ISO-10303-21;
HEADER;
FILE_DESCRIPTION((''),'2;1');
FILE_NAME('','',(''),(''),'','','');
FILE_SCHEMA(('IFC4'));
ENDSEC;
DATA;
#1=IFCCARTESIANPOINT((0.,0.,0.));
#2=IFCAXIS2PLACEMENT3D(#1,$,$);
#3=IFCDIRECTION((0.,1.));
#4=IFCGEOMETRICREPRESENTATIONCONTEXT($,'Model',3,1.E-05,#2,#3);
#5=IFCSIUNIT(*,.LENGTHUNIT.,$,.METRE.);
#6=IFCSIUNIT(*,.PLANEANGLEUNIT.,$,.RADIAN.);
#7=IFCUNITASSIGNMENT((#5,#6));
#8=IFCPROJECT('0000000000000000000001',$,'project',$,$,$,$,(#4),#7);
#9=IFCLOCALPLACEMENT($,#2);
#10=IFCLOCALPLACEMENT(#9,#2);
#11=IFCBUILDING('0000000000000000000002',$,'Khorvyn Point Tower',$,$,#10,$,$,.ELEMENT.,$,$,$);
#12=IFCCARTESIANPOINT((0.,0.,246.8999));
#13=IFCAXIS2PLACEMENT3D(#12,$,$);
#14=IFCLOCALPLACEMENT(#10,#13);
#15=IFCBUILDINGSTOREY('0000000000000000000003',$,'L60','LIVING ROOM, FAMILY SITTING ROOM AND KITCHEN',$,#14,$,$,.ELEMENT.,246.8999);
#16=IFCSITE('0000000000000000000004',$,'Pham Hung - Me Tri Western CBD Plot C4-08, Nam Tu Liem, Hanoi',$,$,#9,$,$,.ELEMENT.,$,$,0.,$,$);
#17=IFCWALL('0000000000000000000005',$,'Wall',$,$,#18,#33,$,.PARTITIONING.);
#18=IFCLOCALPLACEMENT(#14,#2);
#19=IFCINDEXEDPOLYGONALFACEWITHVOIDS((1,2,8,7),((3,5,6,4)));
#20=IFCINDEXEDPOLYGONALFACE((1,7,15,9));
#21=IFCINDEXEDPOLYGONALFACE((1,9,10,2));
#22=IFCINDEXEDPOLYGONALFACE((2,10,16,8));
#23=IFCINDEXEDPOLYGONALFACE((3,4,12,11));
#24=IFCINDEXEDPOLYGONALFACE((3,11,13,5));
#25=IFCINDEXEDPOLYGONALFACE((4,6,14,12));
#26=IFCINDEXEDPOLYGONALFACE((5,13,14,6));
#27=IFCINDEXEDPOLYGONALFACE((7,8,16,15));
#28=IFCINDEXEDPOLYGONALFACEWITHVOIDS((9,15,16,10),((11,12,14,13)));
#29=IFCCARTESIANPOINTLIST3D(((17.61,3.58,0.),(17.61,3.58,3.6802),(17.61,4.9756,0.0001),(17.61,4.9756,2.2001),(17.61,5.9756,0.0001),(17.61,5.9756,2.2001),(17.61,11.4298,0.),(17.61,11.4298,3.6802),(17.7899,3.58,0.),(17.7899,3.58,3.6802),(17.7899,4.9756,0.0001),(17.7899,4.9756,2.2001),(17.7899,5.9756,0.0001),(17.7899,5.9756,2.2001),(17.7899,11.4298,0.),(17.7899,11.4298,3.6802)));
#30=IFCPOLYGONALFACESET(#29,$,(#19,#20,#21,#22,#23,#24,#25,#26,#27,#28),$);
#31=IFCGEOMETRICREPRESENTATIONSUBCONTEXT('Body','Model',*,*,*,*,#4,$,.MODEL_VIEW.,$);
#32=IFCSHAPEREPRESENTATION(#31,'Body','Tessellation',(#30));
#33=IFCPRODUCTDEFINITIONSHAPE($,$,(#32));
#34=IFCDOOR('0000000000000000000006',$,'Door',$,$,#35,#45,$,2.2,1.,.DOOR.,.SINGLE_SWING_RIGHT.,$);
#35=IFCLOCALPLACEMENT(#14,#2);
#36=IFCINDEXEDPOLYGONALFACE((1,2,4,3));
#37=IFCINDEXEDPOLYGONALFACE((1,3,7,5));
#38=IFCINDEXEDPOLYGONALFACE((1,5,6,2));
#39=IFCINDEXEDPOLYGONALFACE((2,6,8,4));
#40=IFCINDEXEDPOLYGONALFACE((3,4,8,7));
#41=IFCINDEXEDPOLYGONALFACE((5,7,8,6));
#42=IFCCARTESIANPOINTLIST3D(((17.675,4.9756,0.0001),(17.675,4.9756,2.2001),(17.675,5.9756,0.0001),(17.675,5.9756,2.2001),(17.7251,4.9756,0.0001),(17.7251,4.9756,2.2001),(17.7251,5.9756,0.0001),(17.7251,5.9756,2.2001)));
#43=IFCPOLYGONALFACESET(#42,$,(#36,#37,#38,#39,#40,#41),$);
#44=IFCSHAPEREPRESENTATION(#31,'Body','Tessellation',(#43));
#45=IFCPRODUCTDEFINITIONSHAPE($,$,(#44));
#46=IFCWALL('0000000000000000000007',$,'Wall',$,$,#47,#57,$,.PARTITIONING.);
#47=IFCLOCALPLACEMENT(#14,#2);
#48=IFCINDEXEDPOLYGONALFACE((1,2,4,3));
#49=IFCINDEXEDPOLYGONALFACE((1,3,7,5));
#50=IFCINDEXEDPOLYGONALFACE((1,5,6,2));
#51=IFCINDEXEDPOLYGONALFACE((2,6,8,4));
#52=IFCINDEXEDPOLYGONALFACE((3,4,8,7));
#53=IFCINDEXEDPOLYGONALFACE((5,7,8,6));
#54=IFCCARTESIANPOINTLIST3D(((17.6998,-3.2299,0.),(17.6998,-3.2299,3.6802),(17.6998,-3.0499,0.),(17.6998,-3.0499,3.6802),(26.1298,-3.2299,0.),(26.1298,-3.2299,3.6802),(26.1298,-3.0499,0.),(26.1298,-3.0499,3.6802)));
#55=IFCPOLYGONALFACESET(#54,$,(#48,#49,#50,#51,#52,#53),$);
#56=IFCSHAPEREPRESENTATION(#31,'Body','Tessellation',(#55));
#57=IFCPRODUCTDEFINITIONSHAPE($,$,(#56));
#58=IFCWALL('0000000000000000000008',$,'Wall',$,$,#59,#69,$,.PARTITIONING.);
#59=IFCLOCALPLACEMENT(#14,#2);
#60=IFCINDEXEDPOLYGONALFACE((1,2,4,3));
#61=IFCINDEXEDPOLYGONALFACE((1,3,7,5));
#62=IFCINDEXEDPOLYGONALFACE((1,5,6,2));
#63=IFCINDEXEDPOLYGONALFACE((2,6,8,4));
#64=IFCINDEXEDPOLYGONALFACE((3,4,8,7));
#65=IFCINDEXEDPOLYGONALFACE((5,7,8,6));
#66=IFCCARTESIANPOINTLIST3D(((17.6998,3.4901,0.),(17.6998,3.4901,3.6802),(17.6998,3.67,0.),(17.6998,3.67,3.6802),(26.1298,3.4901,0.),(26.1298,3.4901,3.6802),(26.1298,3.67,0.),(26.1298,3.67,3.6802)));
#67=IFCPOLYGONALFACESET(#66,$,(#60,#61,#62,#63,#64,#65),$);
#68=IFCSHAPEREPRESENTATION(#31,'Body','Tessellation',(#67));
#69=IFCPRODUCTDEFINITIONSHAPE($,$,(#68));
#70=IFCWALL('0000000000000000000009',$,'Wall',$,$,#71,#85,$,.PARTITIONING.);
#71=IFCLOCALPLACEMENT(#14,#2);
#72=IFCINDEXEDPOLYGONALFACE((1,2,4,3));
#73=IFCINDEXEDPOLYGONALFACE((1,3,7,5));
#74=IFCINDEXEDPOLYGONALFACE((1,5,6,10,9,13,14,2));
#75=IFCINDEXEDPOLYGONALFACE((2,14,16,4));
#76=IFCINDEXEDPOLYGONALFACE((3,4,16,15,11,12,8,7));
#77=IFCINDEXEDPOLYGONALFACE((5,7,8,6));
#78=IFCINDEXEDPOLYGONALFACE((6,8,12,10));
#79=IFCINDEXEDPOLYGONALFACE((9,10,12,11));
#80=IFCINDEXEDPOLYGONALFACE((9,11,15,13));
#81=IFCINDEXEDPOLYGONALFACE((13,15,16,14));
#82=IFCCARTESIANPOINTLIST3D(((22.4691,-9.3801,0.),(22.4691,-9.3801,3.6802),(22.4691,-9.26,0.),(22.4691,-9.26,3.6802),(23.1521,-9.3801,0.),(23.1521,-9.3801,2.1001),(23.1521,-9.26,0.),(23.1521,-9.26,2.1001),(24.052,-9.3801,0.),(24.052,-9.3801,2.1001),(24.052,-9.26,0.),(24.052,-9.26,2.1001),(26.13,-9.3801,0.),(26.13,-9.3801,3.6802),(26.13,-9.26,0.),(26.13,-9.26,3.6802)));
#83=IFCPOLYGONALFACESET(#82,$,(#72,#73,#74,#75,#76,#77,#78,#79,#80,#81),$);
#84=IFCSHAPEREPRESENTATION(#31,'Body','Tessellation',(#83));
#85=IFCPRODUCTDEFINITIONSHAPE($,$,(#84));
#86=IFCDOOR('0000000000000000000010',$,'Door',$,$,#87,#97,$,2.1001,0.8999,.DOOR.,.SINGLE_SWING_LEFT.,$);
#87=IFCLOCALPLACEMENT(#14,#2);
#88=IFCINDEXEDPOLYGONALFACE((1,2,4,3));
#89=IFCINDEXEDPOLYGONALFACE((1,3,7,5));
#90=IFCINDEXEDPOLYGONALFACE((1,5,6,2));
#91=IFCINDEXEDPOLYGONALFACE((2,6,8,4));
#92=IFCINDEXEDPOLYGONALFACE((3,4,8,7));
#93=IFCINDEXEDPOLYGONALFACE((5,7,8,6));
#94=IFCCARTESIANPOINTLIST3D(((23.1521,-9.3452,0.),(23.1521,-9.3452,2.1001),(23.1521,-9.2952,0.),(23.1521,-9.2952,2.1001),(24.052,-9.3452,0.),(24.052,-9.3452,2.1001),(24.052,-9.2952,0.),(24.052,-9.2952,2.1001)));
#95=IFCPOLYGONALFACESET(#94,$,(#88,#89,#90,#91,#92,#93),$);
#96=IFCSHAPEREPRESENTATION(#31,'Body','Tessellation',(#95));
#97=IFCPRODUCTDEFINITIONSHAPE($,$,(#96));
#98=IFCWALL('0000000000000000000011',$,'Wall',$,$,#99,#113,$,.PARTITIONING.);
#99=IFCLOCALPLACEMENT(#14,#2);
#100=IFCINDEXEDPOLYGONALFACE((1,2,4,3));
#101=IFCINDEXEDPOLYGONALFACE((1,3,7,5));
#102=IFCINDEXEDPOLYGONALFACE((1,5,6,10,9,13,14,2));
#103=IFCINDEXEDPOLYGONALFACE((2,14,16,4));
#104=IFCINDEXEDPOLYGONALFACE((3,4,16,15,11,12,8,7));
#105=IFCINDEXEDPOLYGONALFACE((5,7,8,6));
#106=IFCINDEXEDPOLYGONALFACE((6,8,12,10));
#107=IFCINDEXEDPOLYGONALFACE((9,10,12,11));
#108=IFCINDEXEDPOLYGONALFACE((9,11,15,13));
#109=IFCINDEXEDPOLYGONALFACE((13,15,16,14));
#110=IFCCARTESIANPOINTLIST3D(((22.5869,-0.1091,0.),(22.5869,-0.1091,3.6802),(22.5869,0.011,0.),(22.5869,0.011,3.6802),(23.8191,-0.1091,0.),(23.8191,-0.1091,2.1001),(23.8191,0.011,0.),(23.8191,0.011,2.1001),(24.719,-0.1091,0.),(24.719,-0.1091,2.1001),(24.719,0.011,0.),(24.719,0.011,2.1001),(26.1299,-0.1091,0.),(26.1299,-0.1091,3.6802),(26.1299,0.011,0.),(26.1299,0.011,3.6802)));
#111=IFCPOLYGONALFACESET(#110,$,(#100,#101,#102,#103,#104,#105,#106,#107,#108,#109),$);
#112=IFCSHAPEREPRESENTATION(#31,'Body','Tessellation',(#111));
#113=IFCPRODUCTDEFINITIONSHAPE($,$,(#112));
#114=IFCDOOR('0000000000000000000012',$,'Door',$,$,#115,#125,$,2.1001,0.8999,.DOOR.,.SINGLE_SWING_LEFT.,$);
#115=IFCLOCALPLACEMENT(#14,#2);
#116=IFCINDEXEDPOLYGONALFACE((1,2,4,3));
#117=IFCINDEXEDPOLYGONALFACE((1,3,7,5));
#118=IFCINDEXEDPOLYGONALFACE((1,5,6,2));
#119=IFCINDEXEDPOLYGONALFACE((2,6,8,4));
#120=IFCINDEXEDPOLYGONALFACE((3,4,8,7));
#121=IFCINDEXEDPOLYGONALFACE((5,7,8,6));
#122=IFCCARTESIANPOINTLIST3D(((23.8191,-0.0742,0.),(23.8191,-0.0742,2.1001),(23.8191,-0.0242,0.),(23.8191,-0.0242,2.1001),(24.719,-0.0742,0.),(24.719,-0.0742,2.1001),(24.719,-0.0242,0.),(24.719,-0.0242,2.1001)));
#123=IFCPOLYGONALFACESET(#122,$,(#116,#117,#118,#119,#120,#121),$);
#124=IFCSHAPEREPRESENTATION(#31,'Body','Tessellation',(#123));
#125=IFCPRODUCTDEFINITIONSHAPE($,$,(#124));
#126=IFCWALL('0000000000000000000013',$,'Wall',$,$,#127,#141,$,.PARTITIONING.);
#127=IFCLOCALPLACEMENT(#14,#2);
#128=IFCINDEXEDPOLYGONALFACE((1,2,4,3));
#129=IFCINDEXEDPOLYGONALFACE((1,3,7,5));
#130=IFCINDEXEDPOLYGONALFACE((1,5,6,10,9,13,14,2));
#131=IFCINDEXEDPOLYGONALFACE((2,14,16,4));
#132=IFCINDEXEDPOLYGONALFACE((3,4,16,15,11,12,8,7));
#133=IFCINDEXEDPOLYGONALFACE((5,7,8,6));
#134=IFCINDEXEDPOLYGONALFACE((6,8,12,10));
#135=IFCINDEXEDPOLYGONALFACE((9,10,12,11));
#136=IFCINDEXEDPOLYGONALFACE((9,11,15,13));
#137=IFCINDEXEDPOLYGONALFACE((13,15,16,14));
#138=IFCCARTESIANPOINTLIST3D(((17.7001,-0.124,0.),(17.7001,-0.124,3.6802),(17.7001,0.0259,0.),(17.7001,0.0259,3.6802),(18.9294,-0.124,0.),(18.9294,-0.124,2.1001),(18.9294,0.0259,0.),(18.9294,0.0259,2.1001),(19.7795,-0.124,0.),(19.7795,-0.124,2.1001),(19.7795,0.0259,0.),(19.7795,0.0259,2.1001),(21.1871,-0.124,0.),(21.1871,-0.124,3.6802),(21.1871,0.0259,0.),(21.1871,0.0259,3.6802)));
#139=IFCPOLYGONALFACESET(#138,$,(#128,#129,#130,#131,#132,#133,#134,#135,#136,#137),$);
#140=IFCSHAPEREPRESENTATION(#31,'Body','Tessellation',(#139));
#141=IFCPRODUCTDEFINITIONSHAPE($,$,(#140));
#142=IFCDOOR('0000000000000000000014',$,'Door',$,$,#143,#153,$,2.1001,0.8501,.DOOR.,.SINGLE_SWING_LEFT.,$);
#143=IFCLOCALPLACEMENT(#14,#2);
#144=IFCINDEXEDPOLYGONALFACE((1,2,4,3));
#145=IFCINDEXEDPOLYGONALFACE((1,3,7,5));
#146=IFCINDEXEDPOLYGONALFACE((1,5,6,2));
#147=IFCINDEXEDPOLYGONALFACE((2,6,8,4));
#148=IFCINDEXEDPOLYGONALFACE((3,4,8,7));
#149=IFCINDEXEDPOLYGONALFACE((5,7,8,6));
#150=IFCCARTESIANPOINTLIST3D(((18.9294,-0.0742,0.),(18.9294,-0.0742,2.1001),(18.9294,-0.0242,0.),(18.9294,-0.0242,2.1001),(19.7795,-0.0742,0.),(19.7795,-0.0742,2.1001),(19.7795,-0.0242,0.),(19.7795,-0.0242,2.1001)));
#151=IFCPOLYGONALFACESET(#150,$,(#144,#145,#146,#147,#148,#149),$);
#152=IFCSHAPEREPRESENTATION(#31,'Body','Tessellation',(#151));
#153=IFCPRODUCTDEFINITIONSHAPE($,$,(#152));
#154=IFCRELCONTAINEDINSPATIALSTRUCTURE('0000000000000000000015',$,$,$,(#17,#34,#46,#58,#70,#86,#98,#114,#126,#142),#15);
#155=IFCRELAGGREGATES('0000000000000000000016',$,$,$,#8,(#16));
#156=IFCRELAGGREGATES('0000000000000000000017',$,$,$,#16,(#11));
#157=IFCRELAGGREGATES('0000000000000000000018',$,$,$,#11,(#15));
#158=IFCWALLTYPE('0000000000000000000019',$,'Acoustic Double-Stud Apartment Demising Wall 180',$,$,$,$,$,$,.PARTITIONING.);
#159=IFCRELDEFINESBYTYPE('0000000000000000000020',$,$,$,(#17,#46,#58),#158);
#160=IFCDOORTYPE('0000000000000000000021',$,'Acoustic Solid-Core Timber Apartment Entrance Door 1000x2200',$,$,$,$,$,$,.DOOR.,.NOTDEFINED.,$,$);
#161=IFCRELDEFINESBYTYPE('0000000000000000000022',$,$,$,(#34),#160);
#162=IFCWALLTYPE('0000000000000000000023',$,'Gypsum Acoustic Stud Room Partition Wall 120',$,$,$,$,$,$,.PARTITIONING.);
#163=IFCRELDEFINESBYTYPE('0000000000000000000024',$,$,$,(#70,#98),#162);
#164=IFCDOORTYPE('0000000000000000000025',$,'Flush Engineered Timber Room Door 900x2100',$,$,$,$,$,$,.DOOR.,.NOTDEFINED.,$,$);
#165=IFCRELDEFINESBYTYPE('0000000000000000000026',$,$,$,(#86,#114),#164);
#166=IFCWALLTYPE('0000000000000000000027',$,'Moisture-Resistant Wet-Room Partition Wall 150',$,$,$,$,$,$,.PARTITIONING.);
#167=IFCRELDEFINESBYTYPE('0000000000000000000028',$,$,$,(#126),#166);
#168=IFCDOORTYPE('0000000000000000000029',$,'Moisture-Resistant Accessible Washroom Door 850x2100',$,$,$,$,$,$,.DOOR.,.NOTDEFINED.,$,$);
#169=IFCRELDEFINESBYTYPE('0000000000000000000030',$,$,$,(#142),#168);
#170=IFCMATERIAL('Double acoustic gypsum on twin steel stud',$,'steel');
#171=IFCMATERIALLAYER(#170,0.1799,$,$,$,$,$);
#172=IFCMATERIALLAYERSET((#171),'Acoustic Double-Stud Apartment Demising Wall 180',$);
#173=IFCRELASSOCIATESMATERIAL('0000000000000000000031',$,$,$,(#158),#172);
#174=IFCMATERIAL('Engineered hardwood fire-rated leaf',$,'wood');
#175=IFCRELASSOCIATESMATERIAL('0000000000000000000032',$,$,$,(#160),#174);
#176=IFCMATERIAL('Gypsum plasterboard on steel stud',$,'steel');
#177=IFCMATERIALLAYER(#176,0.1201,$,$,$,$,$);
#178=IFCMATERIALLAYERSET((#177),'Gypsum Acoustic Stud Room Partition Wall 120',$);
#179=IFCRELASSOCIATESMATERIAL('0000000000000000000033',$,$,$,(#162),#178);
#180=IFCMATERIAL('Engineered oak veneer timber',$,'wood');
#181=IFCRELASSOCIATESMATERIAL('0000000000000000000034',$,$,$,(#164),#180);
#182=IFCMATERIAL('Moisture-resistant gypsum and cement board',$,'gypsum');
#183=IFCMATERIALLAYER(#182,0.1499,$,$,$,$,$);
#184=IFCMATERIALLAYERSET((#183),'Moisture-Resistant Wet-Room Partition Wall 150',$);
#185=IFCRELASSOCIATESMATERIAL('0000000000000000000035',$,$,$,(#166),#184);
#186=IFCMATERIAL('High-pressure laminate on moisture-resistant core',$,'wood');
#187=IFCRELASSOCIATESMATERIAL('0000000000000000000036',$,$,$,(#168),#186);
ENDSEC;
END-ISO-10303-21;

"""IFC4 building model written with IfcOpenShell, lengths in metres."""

from ifc_helpers import new_model, si_unit, direction, frame, frame_2d, origin, place, context, subcontext, project, spatial, rectangle, extrude, material, layer, layer_set, type_object, element, fill, save


model = new_model("IFC4")

# Units and contexts
model_context = context("Model", 3, precision=1e-05, world=origin(), true_north=direction((0.0, 1.0)))
body_context = subcontext(model_context, "Body", "Model", "MODEL_VIEW")
ifc_project = project(units=[si_unit("LENGTHUNIT", "METRE"), si_unit("PLANEANGLEUNIT", "RADIAN")], contexts=[model_context])

# Site, building, storey
site_placement = place(None, origin())
site = spatial("IfcSite", under=ifc_project, at=site_placement, Name="Pham Hung - Me Tri Western CBD Plot C4-08, Nam Tu Liem, Hanoi", CompositionType="ELEMENT", RefElevation=0.0)
building_placement = place(site_placement, origin())
building = spatial("IfcBuilding", under=site, at=building_placement, Name="Khorvyn Point Tower", CompositionType="ELEMENT")
storey_placement = place(building_placement, frame((0.0, 0.0, 246.8999)))
storey = spatial("IfcBuildingStorey", under=building, at=storey_placement, Name="L60", Description="LIVING ROOM, FAMILY SITTING ROOM AND KITCHEN", CompositionType="ELEMENT", Elevation=246.8999)

# Wall, opening, door
ifc_material_1 = material(Name="Double acoustic gypsum on twin steel stud", Category="steel")
ifc_layer_1 = layer(ifc_material_1, 0.1799)
ifc_layer_set_1 = layer_set([ifc_layer_1], Name="Acoustic Double-Stud Apartment Demising Wall 180")
wall_type_1 = type_object("IfcWallType", Name="Acoustic Double-Stud Apartment Demising Wall 180", PredefinedType="PARTITIONING", material=ifc_layer_set_1)
ifc_material_2 = material(Name="Engineered hardwood fire-rated leaf", Category="wood")
door_type_1 = type_object("IfcDoorType", Name="Acoustic Solid-Core Timber Apartment Entrance Door 1000x2200", OperationType="NOTDEFINED", PredefinedType="DOOR", material=ifc_material_2)
wall_1_placement = place(storey_placement, frame((17.7, 3.5801, 0.0), z_axis=(0.0, 0.0, 1.0), x_axis=(0.0, 1.0, 0.0)))
wall_1 = element("IfcWall", 1, at=wall_1_placement, inside=storey, type_object=wall_type_1, Name="Wall", PredefinedType="PARTITIONING", context=body_context, shape_type="SweptSolid", body=[
    extrude(rectangle(XDim=7.8499, YDim=0.1799, at=frame_2d((3.9248, 0.0))), origin(), (0.0, 0.0, 1.0), 3.6802),
])
opening_1_placement = place(wall_1_placement, frame((1.3955, 0.0, 0.0)))
opening_1 = element("IfcOpeningElement", 2, at=opening_1_placement, cuts=wall_1, PredefinedType="OPENING", context=body_context, shape_type="SweptSolid", body=[
    extrude(rectangle(XDim=1.0, YDim=2.2, at=frame_2d((0.5, 1.1001))), frame((0.0, 0.0999, 0.0), z_axis=(0.0, -1.0, 0.0), x_axis=(1.0, 0.0, 0.0)), (0.0, 0.0, 1.0), 0.2),
])
door_1_placement = place(opening_1_placement, origin())
door_1 = element("IfcDoor", 3, at=door_1_placement, inside=storey, type_object=door_type_1, Name="Door", OperationType="SINGLE_SWING_RIGHT", OverallHeight=2.2, OverallWidth=1.0, PredefinedType="DOOR", context=body_context, shape_type="SweptSolid", body=[
    extrude(rectangle(XDim=1.0, YDim=2.2, at=frame_2d((0.5, 1.1001))), frame((0.0, 0.0249, 0.0), z_axis=(0.0, -1.0, 0.0), x_axis=(1.0, 0.0, 0.0)), (0.0, 0.0, 1.0), 0.05),
])
fill(opening_1, door_1)

# Walls
for number, where, z_axis, x_axis, name in (
    (4, (17.7, -3.1399, 0.0), (0.0, 0.0, 1.0), (1.0, 0.0, 0.0), "Wall"),
    (5, (17.7, 3.5801, 0.0), (0.0, 0.0, 1.0), (1.0, 0.0, 0.0), "Wall"),
):
    element("IfcWall", number, at=place(storey_placement, frame(where, z_axis=z_axis, x_axis=x_axis)), inside=storey, type_object=wall_type_1, Name=name, PredefinedType="PARTITIONING", context=body_context, shape_type="SweptSolid", body=[
        extrude(rectangle(XDim=8.4299, YDim=0.1799, at=frame_2d((4.2148, 0.0))), origin(), (0.0, 0.0, 1.0), 3.6802),
    ])

# Walls, openings, doors
ifc_material_3 = material(Name="Gypsum plasterboard on steel stud", Category="steel")
ifc_layer_2 = layer(ifc_material_3, 0.1201)
ifc_layer_set_2 = layer_set([ifc_layer_2], Name="Gypsum Acoustic Stud Room Partition Wall 120")
wall_type_2 = type_object("IfcWallType", Name="Gypsum Acoustic Stud Room Partition Wall 120", PredefinedType="PARTITIONING", material=ifc_layer_set_2)
wall_2_placement = place(storey_placement, frame((22.469, -9.3201, 0.0), z_axis=(0.0, 0.0, 1.0), x_axis=(1.0, 0.0, 0.0)))
wall_2 = element("IfcWall", 6, at=wall_2_placement, inside=storey, type_object=wall_type_2, Name="Wall", PredefinedType="PARTITIONING", context=body_context, shape_type="SweptSolid", body=[
    extrude(rectangle(XDim=3.6609, YDim=0.1201, at=frame_2d((1.8306, 0.0))), origin(), (0.0, 0.0, 1.0), 3.6802),
])
opening_2_placement = place(wall_2_placement, frame((0.6831, 0.0, 0.0)))
opening_2 = element("IfcOpeningElement", 7, at=opening_2_placement, cuts=wall_2, PredefinedType="OPENING", context=body_context, shape_type="SweptSolid", body=[
    extrude(rectangle(XDim=0.8999, YDim=2.1001, at=frame_2d((0.45, 1.05))), frame((0.0, 0.0701, 0.0), z_axis=(0.0, -1.0, 0.0), x_axis=(1.0, 0.0, 0.0)), (0.0, 0.0, 1.0), 0.1401),
])
ifc_material_4 = material(Name="Engineered oak veneer timber", Category="wood")
door_type_2 = type_object("IfcDoorType", Name="Flush Engineered Timber Room Door 900x2100", OperationType="NOTDEFINED", PredefinedType="DOOR", material=ifc_material_4)
door_2_placement = place(opening_2_placement, origin())
door_2 = element("IfcDoor", 8, at=door_2_placement, inside=storey, type_object=door_type_2, Name="Door", OperationType="SINGLE_SWING_LEFT", OverallHeight=2.1001, OverallWidth=0.8999, PredefinedType="DOOR", context=body_context, shape_type="SweptSolid", body=[
    extrude(rectangle(XDim=0.8999, YDim=2.1001, at=frame_2d((0.45, 1.05))), frame((0.0, 0.0249, 0.0), z_axis=(0.0, -1.0, 0.0), x_axis=(1.0, 0.0, 0.0)), (0.0, 0.0, 1.0), 0.05),
])
fill(opening_2, door_2)
wall_3_placement = place(storey_placement, frame((22.5869, -0.0491, 0.0), z_axis=(0.0, 0.0, 1.0), x_axis=(1.0, 0.0, 0.0)))
wall_3 = element("IfcWall", 9, at=wall_3_placement, inside=storey, type_object=wall_type_2, Name="Wall", PredefinedType="PARTITIONING", context=body_context, shape_type="SweptSolid", body=[
    extrude(rectangle(XDim=3.543, YDim=0.1201, at=frame_2d((1.7715, 0.0))), origin(), (0.0, 0.0, 1.0), 3.6802),
])
opening_3_placement = place(wall_3_placement, frame((1.2322, 0.0, 0.0)))
opening_3 = element("IfcOpeningElement", 10, at=opening_3_placement, cuts=wall_3, PredefinedType="OPENING", context=body_context, shape_type="SweptSolid", body=[
    extrude(rectangle(XDim=0.8999, YDim=2.1001, at=frame_2d((0.45, 1.05))), frame((0.0, 0.0701, 0.0), z_axis=(0.0, -1.0, 0.0), x_axis=(1.0, 0.0, 0.0)), (0.0, 0.0, 1.0), 0.1401),
])
door_3_placement = place(opening_3_placement, origin())
door_3 = element("IfcDoor", 11, at=door_3_placement, inside=storey, type_object=door_type_2, Name="Door", OperationType="SINGLE_SWING_LEFT", OverallHeight=2.1001, OverallWidth=0.8999, PredefinedType="DOOR", context=body_context, shape_type="SweptSolid", body=[
    extrude(rectangle(XDim=0.8999, YDim=2.1001, at=frame_2d((0.45, 1.05))), frame((0.0, 0.0249, 0.0), z_axis=(0.0, -1.0, 0.0), x_axis=(1.0, 0.0, 0.0)), (0.0, 0.0, 1.0), 0.05),
])
fill(opening_3, door_3)
ifc_material_5 = material(Name="Moisture-resistant gypsum and cement board", Category="gypsum")
ifc_layer_3 = layer(ifc_material_5, 0.1499)
ifc_layer_set_3 = layer_set([ifc_layer_3], Name="Moisture-Resistant Wet-Room Partition Wall 150")
wall_type_3 = type_object("IfcWallType", Name="Moisture-Resistant Wet-Room Partition Wall 150", PredefinedType="PARTITIONING", material=ifc_layer_set_3)
wall_4_placement = place(storey_placement, frame((17.7, -0.0491, 0.0), z_axis=(0.0, 0.0, 1.0), x_axis=(1.0, 0.0, 0.0)))
wall_4 = element("IfcWall", 12, at=wall_4_placement, inside=storey, type_object=wall_type_3, Name="Wall", PredefinedType="PARTITIONING", context=body_context, shape_type="SweptSolid", body=[
    extrude(rectangle(XDim=3.4871, YDim=0.1499, at=frame_2d((1.7437, 0.0))), origin(), (0.0, 0.0, 1.0), 3.6802),
])
opening_4_placement = place(wall_4_placement, frame((1.2295, 0.0, 0.0)))
opening_4 = element("IfcOpeningElement", 13, at=opening_4_placement, cuts=wall_4, PredefinedType="OPENING", context=body_context, shape_type="SweptSolid", body=[
    extrude(rectangle(XDim=0.8501, YDim=2.1001, at=frame_2d((0.425, 1.05))), frame((0.0, 0.085, 0.0), z_axis=(0.0, -1.0, 0.0), x_axis=(1.0, 0.0, 0.0)), (0.0, 0.0, 1.0), 0.1699),
])
ifc_material_6 = material(Name="High-pressure laminate on moisture-resistant core", Category="wood")
door_type_3 = type_object("IfcDoorType", Name="Moisture-Resistant Accessible Washroom Door 850x2100", OperationType="NOTDEFINED", PredefinedType="DOOR", material=ifc_material_6)
door_4_placement = place(opening_4_placement, origin())
door_4 = element("IfcDoor", 14, at=door_4_placement, inside=storey, type_object=door_type_3, Name="Door", OperationType="SINGLE_SWING_LEFT", OverallHeight=2.1001, OverallWidth=0.8501, PredefinedType="DOOR", context=body_context, shape_type="SweptSolid", body=[
    extrude(rectangle(XDim=0.8501, YDim=2.1001, at=frame_2d((0.425, 1.05))), frame((0.0, 0.0249, 0.0), z_axis=(0.0, -1.0, 0.0), x_axis=(1.0, 0.0, 0.0)), (0.0, 0.0, 1.0), 0.05),
])
fill(opening_4, door_4)

save(model, "model.ifc")
